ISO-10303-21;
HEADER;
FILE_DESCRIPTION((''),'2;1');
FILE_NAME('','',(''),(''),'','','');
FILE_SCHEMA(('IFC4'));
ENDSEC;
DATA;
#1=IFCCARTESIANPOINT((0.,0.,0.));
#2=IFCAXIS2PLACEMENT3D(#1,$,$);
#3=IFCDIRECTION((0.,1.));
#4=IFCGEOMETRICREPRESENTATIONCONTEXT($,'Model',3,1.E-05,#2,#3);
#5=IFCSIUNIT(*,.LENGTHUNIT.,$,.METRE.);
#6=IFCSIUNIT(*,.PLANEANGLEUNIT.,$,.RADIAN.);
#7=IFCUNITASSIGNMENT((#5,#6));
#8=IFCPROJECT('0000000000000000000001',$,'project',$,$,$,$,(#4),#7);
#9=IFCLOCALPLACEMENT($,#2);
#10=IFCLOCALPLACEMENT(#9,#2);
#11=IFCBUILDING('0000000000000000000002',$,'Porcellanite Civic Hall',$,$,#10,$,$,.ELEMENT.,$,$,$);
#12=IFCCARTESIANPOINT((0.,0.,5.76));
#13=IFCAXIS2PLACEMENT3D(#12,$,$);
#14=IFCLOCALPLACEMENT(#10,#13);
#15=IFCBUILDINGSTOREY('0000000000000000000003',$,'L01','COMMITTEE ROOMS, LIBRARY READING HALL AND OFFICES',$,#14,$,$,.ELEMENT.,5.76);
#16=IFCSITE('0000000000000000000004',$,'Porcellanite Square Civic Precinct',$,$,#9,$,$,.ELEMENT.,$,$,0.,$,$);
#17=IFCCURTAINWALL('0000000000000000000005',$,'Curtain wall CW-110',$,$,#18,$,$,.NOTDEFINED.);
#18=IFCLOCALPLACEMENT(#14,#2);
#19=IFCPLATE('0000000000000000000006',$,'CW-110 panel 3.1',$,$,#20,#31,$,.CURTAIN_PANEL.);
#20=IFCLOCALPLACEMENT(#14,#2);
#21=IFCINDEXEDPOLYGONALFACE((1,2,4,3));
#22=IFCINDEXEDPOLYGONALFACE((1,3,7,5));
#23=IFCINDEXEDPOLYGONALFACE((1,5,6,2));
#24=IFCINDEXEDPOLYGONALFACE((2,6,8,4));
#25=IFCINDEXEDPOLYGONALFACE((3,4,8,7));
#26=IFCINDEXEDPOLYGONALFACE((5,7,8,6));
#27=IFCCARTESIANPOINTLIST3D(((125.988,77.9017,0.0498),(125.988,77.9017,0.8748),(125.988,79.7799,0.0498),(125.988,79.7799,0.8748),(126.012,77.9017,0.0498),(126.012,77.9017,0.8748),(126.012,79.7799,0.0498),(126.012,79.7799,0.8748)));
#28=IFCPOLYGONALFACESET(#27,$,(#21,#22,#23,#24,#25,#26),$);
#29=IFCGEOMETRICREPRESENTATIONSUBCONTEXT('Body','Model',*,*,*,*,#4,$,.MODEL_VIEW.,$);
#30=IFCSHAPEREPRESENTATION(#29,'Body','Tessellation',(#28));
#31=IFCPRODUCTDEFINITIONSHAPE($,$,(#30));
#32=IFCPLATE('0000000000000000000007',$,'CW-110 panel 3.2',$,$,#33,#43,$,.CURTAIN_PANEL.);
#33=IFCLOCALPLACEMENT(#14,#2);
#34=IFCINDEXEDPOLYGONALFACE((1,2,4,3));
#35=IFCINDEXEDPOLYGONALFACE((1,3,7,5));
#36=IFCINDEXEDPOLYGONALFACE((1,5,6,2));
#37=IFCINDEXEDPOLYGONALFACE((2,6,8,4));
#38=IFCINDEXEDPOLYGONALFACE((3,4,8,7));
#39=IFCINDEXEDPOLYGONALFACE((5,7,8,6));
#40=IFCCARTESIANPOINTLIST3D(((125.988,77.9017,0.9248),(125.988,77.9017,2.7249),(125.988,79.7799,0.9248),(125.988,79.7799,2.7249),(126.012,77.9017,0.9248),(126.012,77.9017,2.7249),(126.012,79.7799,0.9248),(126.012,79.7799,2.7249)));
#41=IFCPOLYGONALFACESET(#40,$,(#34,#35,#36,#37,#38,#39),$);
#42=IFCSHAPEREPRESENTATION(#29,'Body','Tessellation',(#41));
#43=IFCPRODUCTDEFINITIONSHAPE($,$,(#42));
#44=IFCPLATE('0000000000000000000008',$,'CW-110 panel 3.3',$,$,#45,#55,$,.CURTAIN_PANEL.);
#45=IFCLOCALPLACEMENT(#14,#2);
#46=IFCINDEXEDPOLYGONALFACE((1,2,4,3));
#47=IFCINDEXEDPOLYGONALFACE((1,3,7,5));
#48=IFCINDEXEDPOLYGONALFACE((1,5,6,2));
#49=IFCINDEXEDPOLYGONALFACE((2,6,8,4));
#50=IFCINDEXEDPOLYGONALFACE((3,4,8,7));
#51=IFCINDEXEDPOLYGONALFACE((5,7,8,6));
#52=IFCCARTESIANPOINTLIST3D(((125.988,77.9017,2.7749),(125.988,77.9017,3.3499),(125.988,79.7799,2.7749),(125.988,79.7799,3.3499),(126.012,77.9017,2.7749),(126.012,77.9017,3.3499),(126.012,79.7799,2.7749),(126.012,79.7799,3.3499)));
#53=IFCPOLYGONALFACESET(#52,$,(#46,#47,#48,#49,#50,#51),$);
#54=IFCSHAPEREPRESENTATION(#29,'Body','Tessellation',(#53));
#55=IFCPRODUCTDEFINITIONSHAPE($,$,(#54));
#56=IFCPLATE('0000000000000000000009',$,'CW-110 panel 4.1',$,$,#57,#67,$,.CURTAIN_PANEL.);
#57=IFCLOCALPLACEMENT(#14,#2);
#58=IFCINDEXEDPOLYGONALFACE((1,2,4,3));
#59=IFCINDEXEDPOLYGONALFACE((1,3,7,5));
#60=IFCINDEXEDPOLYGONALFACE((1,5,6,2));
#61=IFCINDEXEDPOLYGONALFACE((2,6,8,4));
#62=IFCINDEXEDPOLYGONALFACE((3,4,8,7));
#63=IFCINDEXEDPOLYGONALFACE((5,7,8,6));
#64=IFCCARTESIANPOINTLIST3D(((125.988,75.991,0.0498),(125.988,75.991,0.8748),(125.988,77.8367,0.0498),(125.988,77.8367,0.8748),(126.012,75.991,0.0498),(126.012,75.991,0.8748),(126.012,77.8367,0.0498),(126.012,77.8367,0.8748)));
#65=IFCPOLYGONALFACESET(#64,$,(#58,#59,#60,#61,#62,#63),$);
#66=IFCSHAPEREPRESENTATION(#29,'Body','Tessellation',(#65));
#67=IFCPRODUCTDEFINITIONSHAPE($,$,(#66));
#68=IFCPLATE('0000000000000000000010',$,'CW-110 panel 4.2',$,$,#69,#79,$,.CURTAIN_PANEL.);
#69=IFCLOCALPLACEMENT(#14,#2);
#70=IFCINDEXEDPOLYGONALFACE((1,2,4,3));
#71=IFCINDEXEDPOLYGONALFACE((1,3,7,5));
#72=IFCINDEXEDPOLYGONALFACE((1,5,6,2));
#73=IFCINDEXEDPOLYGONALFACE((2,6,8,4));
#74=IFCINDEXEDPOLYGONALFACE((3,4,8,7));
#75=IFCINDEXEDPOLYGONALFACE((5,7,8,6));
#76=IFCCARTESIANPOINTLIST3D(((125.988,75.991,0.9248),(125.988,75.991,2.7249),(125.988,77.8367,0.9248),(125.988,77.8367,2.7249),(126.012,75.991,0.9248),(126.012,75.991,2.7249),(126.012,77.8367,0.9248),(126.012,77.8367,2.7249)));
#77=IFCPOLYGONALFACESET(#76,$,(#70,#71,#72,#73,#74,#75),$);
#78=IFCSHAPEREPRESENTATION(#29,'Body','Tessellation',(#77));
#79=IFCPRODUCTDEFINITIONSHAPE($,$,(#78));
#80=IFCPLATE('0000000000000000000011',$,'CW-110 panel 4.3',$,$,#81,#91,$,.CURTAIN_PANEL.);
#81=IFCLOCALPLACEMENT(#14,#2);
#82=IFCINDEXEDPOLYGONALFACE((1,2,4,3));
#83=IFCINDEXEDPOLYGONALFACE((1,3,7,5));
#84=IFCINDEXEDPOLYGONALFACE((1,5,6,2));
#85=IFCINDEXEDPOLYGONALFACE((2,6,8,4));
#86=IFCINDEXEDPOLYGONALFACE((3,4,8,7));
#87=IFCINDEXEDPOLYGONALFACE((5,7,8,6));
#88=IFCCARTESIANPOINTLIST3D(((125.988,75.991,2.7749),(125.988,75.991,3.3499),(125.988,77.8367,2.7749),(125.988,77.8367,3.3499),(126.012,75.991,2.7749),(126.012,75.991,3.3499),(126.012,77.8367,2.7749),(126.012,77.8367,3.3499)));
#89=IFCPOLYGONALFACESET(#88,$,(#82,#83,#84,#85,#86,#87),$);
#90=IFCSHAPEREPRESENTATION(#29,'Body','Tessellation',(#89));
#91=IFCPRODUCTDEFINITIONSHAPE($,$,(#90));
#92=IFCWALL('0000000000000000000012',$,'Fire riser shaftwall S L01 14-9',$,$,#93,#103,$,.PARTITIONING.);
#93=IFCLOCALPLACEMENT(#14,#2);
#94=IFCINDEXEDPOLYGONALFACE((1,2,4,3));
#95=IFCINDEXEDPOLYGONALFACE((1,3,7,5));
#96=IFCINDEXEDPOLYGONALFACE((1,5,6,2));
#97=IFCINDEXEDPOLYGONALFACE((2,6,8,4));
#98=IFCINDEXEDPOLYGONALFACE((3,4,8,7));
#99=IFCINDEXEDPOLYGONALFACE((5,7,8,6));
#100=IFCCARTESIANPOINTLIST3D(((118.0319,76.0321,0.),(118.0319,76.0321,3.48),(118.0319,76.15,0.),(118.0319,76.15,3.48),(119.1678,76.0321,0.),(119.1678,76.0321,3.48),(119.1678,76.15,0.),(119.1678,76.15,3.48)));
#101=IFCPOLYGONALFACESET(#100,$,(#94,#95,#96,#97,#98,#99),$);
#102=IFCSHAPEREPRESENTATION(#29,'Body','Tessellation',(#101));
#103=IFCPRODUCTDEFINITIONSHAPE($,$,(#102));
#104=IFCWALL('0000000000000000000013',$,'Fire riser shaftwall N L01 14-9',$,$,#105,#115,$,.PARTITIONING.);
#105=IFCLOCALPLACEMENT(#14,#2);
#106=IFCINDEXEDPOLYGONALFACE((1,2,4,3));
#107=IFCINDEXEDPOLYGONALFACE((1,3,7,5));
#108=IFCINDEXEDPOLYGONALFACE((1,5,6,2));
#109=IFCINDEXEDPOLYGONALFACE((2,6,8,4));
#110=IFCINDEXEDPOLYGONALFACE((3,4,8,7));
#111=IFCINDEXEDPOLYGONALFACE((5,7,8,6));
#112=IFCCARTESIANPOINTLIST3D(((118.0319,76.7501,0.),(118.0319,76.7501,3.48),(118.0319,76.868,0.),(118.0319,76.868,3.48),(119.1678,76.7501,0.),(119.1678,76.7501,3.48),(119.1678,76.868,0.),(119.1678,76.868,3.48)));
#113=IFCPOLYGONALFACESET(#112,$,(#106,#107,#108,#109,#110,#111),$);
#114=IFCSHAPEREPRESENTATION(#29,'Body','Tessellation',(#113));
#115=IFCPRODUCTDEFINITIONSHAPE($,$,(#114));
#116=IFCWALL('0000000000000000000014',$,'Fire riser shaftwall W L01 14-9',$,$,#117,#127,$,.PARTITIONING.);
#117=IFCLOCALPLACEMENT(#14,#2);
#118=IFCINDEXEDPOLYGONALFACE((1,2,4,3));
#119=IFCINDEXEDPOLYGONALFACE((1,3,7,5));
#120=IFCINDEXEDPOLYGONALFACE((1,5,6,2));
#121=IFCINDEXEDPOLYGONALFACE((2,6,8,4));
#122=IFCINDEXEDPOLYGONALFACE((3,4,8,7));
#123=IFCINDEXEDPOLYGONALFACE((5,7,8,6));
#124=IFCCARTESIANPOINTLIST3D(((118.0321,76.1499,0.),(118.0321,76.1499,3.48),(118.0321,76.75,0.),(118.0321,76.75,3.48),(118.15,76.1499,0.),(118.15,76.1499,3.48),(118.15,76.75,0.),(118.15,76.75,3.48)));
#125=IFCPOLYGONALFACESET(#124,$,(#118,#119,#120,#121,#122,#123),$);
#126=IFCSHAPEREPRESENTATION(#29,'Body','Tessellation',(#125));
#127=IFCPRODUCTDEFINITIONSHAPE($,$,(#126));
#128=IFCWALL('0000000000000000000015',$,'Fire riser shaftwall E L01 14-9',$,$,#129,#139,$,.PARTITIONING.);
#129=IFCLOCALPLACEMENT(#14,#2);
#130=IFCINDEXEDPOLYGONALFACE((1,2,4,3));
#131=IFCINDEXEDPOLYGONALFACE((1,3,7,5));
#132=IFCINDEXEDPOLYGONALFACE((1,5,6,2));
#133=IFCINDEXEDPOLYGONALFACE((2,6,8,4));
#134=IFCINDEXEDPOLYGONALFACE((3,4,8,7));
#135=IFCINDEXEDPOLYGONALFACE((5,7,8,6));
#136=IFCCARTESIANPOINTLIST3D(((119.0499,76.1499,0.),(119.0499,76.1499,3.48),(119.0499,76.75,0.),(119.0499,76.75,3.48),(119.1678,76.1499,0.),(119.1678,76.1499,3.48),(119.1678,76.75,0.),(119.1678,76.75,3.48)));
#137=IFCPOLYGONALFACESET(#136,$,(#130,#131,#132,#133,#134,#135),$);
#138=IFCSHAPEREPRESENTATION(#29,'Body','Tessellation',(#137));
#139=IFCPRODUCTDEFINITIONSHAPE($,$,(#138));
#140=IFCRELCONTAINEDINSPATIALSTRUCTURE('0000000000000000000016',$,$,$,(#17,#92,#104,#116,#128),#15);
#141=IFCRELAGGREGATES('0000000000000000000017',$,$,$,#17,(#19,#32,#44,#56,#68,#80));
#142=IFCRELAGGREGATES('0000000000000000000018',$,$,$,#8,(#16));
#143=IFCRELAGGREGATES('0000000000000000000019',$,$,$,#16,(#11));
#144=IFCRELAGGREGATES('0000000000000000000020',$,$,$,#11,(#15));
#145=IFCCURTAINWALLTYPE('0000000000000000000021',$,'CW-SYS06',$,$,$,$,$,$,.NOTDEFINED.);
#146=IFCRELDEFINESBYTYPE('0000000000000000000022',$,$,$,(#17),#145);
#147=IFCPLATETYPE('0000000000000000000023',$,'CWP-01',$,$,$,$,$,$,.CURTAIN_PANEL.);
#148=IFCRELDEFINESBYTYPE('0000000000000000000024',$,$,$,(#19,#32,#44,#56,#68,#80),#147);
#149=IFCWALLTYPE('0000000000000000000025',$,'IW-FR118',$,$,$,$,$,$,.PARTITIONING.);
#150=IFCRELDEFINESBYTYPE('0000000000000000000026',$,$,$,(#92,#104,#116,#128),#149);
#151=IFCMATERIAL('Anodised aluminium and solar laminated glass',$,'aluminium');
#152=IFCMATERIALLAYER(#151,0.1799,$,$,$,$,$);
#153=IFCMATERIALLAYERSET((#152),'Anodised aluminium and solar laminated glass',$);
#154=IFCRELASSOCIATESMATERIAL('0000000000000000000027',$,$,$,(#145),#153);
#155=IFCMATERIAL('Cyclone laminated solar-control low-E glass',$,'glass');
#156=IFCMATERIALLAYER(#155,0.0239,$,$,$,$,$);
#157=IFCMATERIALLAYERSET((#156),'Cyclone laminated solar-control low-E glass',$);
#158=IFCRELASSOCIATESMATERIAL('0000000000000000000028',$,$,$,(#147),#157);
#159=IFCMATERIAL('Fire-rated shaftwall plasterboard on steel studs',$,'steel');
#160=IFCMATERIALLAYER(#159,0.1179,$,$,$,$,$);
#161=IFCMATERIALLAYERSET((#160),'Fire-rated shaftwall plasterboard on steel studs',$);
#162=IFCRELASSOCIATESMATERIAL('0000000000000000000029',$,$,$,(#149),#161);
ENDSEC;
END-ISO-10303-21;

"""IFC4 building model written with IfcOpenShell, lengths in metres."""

from ifc_helpers import new_model, si_unit, direction, frame, frame_2d, origin, origin_2d, place, context, subcontext, project, spatial, rectangle, extrude, material, layer, layer_set, type_object, element, aggregate, save


model = new_model("IFC4")

# Units and contexts
model_context = context("Model", 3, precision=1e-05, world=origin(), true_north=direction((0.0, 1.0)))
body_context = subcontext(model_context, "Body", "Model", "MODEL_VIEW")
ifc_project = project(units=[si_unit("LENGTHUNIT", "METRE"), si_unit("PLANEANGLEUNIT", "RADIAN")], contexts=[model_context])

# Site, building, storey
site_placement = place(None, origin())
site = spatial("IfcSite", under=ifc_project, at=site_placement, Name="Porcellanite Square Civic Precinct", CompositionType="ELEMENT", RefElevation=0.0)
building_placement = place(site_placement, origin())
building = spatial("IfcBuilding", under=site, at=building_placement, Name="Porcellanite Civic Hall", CompositionType="ELEMENT")
storey_placement = place(building_placement, frame((0.0, 0.0, 5.76)))
storey = spatial("IfcBuildingStorey", under=building, at=storey_placement, Name="L01", Description="COMMITTEE ROOMS, LIBRARY READING HALL AND OFFICES", CompositionType="ELEMENT", Elevation=5.76)

# Curtain wall
ifc_material_1 = material(Name="Anodised aluminium and solar laminated glass", Category="aluminium")
ifc_layer_1 = layer(ifc_material_1, 0.1799)
ifc_layer_set_1 = layer_set([ifc_layer_1], Name="Anodised aluminium and solar laminated glass")
curtain_wall_type = type_object("IfcCurtainWallType", Name="CW-SYS06", PredefinedType="NOTDEFINED", material=ifc_layer_set_1)
curtain_wall_placement = place(storey_placement, origin())
curtain_wall = element("IfcCurtainWall", 1, at=curtain_wall_placement, inside=storey, type_object=curtain_wall_type, Name="Curtain wall CW-110", PredefinedType="NOTDEFINED")

# Plates
ifc_material_2 = material(Name="Cyclone laminated solar-control low-E glass", Category="glass")
ifc_layer_2 = layer(ifc_material_2, 0.0239)
ifc_layer_set_2 = layer_set([ifc_layer_2], Name="Cyclone laminated solar-control low-E glass")
plate_type = type_object("IfcPlateType", Name="CWP-01", PredefinedType="CURTAIN_PANEL", material=ifc_layer_set_2)
plate_1_placement = place(storey_placement, frame((126.0, 78.8408, 0.0498), z_axis=(0.0, 0.0, 1.0), x_axis=(0.0, -1.0, 0.0)))
plate_1 = element("IfcPlate", 2, at=plate_1_placement, type_object=plate_type, Name="CW-110 panel 3.1", PredefinedType="CURTAIN_PANEL", context=body_context, shape_type="SweptSolid", body=[
    extrude(rectangle(XDim=1.8782, YDim=0.0239, at=origin_2d()), origin(), (0.0, 0.0, 1.0), 0.825),
])
plate_2_placement = place(storey_placement, frame((126.0, 78.8408, 0.9248), z_axis=(0.0, 0.0, 1.0), x_axis=(0.0, -1.0, 0.0)))
plate_2 = element("IfcPlate", 3, at=plate_2_placement, type_object=plate_type, Name="CW-110 panel 3.2", PredefinedType="CURTAIN_PANEL", context=body_context, shape_type="SweptSolid", body=[
    extrude(rectangle(XDim=1.8782, YDim=0.0239, at=origin_2d()), origin(), (0.0, 0.0, 1.0), 1.8),
])
plate_3_placement = place(storey_placement, frame((126.0, 78.8408, 2.7749), z_axis=(0.0, 0.0, 1.0), x_axis=(0.0, -1.0, 0.0)))
plate_3 = element("IfcPlate", 4, at=plate_3_placement, type_object=plate_type, Name="CW-110 panel 3.3", PredefinedType="CURTAIN_PANEL", context=body_context, shape_type="SweptSolid", body=[
    extrude(rectangle(XDim=1.8782, YDim=0.0239, at=origin_2d()), origin(), (0.0, 0.0, 1.0), 0.575),
])
plate_4_placement = place(storey_placement, frame((126.0, 76.9138, 0.0498), z_axis=(0.0, 0.0, 1.0), x_axis=(0.0, -1.0, 0.0)))
plate_4 = element("IfcPlate", 5, at=plate_4_placement, type_object=plate_type, Name="CW-110 panel 4.1", PredefinedType="CURTAIN_PANEL", context=body_context, shape_type="SweptSolid", body=[
    extrude(rectangle(XDim=1.8457, YDim=0.0239, at=origin_2d()), origin(), (0.0, 0.0, 1.0), 0.825),
])
plate_5_placement = place(storey_placement, frame((126.0, 76.9138, 0.9248), z_axis=(0.0, 0.0, 1.0), x_axis=(0.0, -1.0, 0.0)))
plate_5 = element("IfcPlate", 6, at=plate_5_placement, type_object=plate_type, Name="CW-110 panel 4.2", PredefinedType="CURTAIN_PANEL", context=body_context, shape_type="SweptSolid", body=[
    extrude(rectangle(XDim=1.8457, YDim=0.0239, at=origin_2d()), origin(), (0.0, 0.0, 1.0), 1.8),
])
plate_6_placement = place(storey_placement, frame((126.0, 76.9138, 2.7749), z_axis=(0.0, 0.0, 1.0), x_axis=(0.0, -1.0, 0.0)))
plate_6 = element("IfcPlate", 7, at=plate_6_placement, type_object=plate_type, Name="CW-110 panel 4.3", PredefinedType="CURTAIN_PANEL", context=body_context, shape_type="SweptSolid", body=[
    extrude(rectangle(XDim=1.8457, YDim=0.0239, at=origin_2d()), origin(), (0.0, 0.0, 1.0), 0.575),
])
aggregate(curtain_wall, [plate_1, plate_2, plate_3, plate_4, plate_5, plate_6])

# Walls
ifc_material_3 = material(Name="Fire-rated shaftwall plasterboard on steel studs", Category="steel")
ifc_layer_3 = layer(ifc_material_3, 0.1179)
ifc_layer_set_3 = layer_set([ifc_layer_3], Name="Fire-rated shaftwall plasterboard on steel studs")
wall_type = type_object("IfcWallType", Name="IW-FR118", PredefinedType="PARTITIONING", material=ifc_layer_set_3)
for number, where, z_axis, x_axis, name in (
    (8, (118.032, 76.0911, 0.0), (0.0, 0.0, 1.0), (1.0, 0.0, 0.0), "Fire riser shaftwall S L01 14-9"),
    (9, (118.032, 76.8091, 0.0), (0.0, 0.0, 1.0), (1.0, 0.0, 0.0), "Fire riser shaftwall N L01 14-9"),
):
    element("IfcWall", number, at=place(storey_placement, frame(where, z_axis=z_axis, x_axis=x_axis)), inside=storey, type_object=wall_type, Name=name, PredefinedType="PARTITIONING", context=body_context, shape_type="SweptSolid", body=[
        extrude(rectangle(XDim=1.136, YDim=0.1179, at=frame_2d((0.5679, 0.0))), origin(), (0.0, 0.0, 1.0), 3.48),
    ])
for number, where, z_axis, x_axis, name in (
    (10, (118.0911, 76.1499, 0.0), (0.0, 0.0, 1.0), (0.0, 1.0, 0.0), "Fire riser shaftwall W L01 14-9"),
    (11, (119.1089, 76.1499, 0.0), (0.0, 0.0, 1.0), (0.0, 1.0, 0.0), "Fire riser shaftwall E L01 14-9"),
):
    element("IfcWall", number, at=place(storey_placement, frame(where, z_axis=z_axis, x_axis=x_axis)), inside=storey, type_object=wall_type, Name=name, PredefinedType="PARTITIONING", context=body_context, shape_type="SweptSolid", body=[
        extrude(rectangle(XDim=0.6001, YDim=0.1179, at=frame_2d((0.3, 0.0))), origin(), (0.0, 0.0, 1.0), 3.48),
    ])

save(model, "model.ifc")
